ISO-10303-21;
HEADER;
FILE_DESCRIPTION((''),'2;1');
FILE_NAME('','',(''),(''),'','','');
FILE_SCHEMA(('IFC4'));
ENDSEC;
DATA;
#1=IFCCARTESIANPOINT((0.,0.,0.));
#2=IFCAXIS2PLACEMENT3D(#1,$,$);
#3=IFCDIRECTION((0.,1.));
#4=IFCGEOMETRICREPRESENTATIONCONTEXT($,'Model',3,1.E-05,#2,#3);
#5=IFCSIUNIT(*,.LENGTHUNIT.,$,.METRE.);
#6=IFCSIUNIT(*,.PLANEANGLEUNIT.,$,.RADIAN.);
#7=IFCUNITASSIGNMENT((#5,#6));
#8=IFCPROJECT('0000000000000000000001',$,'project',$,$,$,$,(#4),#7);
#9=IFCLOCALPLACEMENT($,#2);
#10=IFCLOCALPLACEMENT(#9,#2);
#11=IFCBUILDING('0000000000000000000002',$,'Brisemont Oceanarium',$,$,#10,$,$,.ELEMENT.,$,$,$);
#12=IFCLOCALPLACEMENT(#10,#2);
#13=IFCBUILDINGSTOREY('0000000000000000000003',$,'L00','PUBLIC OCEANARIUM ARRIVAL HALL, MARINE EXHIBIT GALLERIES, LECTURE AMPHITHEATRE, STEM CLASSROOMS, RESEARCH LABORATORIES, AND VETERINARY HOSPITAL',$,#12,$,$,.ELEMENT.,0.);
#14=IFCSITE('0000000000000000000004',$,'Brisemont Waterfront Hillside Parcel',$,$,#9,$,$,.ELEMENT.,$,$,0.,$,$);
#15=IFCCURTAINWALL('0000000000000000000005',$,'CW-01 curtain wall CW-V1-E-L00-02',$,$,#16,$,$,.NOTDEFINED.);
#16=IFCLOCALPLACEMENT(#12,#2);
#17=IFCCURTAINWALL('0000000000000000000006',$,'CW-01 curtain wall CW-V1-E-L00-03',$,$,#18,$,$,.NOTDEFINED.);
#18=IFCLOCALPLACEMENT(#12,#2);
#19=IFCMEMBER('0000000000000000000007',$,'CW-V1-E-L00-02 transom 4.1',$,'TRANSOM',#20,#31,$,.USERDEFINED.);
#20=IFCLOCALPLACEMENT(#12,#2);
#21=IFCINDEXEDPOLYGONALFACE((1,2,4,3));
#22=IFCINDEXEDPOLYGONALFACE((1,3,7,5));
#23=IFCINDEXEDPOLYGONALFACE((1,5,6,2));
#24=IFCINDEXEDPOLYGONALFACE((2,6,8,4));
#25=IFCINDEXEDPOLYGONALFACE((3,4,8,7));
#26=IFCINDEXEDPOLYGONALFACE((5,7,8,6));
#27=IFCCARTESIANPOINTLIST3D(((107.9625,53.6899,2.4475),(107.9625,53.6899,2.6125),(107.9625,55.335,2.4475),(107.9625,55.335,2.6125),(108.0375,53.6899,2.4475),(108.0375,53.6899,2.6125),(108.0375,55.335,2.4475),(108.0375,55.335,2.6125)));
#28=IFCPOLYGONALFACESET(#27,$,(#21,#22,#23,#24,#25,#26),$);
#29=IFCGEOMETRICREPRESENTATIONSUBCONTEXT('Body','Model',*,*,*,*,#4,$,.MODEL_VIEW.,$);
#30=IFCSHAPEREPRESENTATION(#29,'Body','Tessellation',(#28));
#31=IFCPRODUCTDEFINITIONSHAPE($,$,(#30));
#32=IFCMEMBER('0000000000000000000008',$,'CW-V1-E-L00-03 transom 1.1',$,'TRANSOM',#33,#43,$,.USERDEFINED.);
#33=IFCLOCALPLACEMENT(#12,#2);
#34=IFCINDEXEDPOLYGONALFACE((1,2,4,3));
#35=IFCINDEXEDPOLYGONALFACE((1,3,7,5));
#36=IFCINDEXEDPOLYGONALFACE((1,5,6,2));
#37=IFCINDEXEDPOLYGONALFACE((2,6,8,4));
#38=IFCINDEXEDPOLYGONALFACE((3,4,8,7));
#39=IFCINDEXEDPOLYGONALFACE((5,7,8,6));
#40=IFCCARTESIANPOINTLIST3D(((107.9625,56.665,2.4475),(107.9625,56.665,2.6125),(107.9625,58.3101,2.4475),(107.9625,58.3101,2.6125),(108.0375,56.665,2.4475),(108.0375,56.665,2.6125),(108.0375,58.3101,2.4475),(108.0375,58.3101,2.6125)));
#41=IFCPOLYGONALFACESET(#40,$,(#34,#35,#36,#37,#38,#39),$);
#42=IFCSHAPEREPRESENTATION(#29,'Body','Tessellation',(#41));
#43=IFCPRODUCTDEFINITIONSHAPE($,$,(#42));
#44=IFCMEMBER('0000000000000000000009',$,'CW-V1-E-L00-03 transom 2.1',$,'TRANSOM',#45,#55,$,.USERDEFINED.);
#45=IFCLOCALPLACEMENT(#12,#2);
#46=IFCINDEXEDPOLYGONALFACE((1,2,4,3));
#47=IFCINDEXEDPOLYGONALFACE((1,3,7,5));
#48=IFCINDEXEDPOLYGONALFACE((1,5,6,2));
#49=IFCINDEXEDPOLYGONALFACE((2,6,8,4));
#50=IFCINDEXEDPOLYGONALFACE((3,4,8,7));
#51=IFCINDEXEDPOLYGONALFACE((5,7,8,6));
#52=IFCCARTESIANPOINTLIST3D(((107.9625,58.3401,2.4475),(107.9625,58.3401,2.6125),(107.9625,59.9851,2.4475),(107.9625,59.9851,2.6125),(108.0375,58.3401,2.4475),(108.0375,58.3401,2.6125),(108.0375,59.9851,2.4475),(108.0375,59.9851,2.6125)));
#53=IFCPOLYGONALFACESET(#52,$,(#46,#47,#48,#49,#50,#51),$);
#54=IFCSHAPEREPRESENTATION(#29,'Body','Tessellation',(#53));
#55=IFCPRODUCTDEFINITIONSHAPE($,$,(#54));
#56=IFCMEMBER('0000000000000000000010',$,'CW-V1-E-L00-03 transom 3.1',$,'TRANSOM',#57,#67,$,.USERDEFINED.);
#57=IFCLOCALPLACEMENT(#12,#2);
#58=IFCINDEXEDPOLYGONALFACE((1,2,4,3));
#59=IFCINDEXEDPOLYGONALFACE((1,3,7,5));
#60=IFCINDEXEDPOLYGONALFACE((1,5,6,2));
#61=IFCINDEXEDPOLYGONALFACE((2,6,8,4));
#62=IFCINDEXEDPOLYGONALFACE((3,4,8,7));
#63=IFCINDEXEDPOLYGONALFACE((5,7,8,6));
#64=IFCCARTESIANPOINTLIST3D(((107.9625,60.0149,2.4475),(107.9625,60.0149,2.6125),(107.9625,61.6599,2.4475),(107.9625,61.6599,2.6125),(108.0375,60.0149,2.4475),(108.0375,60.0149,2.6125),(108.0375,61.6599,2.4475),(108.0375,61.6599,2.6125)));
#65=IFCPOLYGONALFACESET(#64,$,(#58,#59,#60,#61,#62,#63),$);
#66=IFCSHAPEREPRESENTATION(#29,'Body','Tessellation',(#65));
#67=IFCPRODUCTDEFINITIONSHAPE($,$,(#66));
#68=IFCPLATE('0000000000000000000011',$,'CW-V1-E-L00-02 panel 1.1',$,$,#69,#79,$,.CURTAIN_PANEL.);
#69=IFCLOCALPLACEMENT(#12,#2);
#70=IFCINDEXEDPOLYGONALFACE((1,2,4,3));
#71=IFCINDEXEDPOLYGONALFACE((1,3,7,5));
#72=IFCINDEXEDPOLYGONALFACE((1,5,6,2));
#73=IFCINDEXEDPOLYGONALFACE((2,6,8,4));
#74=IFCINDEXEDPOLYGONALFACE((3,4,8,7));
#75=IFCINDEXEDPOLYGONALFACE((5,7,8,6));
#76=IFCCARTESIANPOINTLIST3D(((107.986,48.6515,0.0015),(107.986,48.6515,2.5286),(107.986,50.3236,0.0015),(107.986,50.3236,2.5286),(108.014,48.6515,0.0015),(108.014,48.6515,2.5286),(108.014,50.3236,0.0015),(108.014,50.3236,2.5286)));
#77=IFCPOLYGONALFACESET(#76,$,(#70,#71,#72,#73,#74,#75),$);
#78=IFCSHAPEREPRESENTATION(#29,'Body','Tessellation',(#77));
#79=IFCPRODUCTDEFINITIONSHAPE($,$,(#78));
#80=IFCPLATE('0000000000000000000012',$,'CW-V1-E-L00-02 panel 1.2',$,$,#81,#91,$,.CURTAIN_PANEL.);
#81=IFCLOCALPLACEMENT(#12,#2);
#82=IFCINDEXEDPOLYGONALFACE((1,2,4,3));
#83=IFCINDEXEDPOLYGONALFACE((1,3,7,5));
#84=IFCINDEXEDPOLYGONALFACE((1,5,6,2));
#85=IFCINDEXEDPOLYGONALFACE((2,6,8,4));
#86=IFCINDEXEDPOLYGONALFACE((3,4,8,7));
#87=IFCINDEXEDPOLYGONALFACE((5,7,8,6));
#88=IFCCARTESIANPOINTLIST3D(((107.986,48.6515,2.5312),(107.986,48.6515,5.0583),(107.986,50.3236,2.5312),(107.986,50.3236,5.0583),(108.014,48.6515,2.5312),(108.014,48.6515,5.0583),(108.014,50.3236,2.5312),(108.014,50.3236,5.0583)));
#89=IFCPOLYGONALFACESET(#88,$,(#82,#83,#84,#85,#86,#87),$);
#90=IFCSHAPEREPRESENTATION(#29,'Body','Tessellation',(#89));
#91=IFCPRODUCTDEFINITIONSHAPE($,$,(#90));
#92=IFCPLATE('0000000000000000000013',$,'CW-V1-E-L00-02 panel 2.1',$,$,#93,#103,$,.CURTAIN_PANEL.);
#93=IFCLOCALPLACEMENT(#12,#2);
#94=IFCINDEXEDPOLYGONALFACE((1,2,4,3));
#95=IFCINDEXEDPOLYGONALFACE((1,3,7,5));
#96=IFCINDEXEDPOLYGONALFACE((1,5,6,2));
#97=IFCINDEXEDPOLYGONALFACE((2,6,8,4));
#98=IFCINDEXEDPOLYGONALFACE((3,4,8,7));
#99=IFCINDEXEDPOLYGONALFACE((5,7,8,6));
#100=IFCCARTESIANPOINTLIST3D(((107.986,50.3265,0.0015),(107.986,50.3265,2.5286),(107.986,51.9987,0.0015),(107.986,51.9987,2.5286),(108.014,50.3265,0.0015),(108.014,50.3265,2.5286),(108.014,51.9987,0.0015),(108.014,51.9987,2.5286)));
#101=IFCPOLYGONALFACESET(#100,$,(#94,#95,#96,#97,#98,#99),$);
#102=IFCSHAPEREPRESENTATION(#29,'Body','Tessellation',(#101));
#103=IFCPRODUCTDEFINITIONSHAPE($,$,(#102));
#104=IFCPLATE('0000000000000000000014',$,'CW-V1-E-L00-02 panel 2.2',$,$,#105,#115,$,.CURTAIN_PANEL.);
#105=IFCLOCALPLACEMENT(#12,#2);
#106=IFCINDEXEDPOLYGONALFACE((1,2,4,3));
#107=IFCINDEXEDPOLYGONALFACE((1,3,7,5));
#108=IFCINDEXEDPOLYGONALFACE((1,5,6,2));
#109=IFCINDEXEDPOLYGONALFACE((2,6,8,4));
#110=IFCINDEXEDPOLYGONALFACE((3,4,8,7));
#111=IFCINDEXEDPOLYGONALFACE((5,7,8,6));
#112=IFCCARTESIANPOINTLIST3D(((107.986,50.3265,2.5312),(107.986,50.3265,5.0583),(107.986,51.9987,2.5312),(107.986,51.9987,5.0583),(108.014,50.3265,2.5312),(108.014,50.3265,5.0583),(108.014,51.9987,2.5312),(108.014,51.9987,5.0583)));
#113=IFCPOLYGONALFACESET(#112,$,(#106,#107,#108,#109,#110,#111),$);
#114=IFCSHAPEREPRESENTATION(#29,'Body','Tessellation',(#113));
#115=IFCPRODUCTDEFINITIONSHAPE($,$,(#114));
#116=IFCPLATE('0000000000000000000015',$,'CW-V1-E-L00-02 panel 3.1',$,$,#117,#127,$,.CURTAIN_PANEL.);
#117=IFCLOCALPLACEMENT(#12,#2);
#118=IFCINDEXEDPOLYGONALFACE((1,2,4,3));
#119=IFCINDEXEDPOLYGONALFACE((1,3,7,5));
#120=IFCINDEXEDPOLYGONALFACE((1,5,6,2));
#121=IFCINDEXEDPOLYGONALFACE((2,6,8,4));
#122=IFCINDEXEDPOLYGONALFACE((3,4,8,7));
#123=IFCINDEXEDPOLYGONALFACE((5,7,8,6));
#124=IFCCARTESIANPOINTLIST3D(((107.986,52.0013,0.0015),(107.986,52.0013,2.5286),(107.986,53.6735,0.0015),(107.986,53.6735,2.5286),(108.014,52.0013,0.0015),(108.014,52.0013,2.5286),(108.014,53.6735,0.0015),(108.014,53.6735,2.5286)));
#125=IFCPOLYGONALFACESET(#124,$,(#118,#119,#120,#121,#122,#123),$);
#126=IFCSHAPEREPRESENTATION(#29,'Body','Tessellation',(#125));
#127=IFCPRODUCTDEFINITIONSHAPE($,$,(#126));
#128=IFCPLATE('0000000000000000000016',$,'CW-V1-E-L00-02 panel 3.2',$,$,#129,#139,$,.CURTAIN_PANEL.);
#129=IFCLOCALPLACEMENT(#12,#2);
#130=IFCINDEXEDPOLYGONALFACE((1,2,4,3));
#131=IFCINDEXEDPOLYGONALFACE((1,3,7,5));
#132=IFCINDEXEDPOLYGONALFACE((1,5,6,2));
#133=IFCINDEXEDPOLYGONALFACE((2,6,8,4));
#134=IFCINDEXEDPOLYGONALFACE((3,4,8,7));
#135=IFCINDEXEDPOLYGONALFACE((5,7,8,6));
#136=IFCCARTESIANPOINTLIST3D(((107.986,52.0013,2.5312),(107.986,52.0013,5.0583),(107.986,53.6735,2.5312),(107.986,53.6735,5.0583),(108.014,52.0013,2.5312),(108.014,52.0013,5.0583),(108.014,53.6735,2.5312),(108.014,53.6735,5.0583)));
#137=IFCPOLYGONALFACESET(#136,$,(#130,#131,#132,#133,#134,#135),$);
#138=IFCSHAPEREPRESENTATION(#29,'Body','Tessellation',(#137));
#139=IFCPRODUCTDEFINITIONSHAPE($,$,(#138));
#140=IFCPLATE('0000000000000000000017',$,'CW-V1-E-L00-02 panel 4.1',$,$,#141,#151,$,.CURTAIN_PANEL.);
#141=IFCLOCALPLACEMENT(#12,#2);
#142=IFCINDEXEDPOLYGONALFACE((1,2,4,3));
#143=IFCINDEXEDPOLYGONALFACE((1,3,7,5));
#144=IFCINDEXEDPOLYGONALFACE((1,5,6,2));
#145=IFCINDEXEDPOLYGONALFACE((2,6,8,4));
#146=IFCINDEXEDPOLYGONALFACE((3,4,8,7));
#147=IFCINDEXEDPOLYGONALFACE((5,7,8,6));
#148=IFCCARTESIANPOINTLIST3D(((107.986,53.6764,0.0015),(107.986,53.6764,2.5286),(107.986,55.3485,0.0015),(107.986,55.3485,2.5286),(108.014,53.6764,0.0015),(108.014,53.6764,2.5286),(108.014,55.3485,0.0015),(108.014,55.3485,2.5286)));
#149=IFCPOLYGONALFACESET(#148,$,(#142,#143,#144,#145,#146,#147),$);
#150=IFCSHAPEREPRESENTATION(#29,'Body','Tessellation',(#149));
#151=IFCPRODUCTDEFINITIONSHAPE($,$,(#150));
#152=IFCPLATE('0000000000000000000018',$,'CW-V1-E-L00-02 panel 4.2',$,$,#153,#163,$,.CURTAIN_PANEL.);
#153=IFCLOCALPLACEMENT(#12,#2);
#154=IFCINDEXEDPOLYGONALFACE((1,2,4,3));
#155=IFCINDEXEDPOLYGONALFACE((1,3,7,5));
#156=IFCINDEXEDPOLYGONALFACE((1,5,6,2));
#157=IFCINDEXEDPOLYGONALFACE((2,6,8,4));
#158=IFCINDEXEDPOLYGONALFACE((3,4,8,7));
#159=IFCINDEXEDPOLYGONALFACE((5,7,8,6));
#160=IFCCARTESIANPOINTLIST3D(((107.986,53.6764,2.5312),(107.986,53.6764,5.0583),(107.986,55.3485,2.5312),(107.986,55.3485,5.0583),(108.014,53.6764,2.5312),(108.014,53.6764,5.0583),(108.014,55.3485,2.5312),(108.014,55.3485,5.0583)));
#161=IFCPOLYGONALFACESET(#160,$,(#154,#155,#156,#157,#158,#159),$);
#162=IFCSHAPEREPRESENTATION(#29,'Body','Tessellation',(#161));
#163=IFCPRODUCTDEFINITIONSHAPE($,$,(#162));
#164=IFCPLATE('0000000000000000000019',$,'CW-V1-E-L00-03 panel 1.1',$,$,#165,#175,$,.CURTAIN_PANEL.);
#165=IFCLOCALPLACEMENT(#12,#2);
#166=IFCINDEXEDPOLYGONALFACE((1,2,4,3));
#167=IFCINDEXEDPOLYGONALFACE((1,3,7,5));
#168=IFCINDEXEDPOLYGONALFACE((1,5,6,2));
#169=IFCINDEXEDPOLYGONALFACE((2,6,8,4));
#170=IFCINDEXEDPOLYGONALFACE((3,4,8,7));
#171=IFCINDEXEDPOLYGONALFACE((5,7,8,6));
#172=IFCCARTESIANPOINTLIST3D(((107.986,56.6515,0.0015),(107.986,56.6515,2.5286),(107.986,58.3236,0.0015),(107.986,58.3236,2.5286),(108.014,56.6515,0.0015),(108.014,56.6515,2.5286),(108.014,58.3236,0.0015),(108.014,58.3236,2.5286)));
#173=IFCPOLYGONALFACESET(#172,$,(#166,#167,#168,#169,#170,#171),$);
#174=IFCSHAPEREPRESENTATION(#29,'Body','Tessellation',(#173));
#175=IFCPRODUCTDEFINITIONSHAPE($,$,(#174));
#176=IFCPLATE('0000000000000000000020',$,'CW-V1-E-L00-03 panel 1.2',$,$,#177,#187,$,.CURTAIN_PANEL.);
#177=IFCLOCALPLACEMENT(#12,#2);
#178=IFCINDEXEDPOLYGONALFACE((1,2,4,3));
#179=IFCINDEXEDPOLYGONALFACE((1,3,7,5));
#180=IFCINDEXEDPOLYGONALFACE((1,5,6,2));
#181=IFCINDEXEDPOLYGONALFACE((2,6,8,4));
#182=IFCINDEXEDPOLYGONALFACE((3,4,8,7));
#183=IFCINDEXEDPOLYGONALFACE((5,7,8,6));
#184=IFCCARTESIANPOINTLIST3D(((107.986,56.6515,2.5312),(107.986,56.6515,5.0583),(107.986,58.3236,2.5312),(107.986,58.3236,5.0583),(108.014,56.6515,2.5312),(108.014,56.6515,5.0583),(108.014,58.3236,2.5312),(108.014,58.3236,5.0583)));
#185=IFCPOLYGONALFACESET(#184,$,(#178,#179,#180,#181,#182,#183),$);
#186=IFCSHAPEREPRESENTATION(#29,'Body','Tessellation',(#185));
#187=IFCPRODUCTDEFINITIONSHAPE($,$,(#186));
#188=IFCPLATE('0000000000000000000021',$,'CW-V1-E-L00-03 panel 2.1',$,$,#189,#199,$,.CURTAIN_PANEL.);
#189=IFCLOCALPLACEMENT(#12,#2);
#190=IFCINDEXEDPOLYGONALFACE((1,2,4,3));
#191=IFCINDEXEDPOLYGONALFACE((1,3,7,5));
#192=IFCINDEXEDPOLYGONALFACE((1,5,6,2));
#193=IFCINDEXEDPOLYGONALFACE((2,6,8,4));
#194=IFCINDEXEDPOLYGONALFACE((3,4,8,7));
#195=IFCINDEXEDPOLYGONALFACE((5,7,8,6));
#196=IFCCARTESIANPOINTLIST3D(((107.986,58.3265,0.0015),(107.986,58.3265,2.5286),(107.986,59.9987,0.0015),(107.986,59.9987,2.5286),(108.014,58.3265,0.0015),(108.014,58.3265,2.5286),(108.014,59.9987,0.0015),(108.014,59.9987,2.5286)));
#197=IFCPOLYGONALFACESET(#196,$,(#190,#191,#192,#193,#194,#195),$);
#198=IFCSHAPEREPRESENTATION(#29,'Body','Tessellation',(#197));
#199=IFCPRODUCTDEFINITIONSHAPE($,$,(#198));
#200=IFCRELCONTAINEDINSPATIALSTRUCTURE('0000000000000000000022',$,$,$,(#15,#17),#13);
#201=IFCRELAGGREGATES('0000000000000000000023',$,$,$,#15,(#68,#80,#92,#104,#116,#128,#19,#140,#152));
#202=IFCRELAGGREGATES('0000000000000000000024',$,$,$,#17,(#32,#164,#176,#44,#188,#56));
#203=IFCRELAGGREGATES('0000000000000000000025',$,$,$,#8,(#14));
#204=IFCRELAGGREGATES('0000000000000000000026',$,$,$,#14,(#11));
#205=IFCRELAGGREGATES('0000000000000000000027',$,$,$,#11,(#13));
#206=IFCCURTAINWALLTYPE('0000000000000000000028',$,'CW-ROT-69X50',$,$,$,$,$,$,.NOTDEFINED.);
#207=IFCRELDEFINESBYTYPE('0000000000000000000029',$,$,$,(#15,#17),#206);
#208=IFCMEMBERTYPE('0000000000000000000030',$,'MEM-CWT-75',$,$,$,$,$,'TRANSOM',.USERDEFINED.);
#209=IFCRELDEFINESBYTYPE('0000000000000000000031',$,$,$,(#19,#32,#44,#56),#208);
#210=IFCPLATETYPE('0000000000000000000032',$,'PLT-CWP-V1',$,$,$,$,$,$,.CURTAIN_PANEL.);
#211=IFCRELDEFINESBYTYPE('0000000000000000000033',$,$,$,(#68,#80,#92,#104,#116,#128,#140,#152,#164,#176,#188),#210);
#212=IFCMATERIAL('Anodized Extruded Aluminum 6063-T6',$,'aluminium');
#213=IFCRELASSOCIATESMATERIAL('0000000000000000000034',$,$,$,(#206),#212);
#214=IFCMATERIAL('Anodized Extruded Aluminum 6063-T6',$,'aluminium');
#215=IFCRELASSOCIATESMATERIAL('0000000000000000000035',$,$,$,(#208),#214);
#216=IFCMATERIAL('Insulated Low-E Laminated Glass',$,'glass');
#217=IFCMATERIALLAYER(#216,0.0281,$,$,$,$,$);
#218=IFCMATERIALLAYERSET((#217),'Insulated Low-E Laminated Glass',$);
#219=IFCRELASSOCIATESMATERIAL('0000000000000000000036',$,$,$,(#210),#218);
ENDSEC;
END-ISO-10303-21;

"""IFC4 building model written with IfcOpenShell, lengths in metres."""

from ifc_helpers import new_model, si_unit, direction, frame, origin, origin_2d, place, context, subcontext, project, spatial, rectangle, extrude, material, layer, layer_set, material_profile, profile_set, type_object, element, aggregate, save


model = new_model("IFC4")

# Units and contexts
model_context = context("Model", 3, precision=1e-05, world=origin(), true_north=direction((0.0, 1.0)))
body_context = subcontext(model_context, "Body", "Model", "MODEL_VIEW")
ifc_project = project(units=[si_unit("LENGTHUNIT", "METRE"), si_unit("PLANEANGLEUNIT", "RADIAN")], contexts=[model_context])

# Site, building, storey
site_placement = place(None, origin())
site = spatial("IfcSite", under=ifc_project, at=site_placement, Name="Brisemont Waterfront Hillside Parcel", CompositionType="ELEMENT", RefElevation=0.0)
building_placement = place(site_placement, origin())
building = spatial("IfcBuilding", under=site, at=building_placement, Name="Brisemont Oceanarium", CompositionType="ELEMENT")
storey_placement = place(building_placement, origin())
storey = spatial("IfcBuildingStorey", under=building, at=storey_placement, Name="L00", Description="PUBLIC OCEANARIUM ARRIVAL HALL, MARINE EXHIBIT GALLERIES, LECTURE AMPHITHEATRE, STEM CLASSROOMS, RESEARCH LABORATORIES, AND VETERINARY HOSPITAL", CompositionType="ELEMENT", Elevation=0.0)

# Curtain walls
ifc_material_1 = material(Name="Anodized Extruded Aluminum 6063-T6", Category="aluminium")
curtain_wall_type = type_object("IfcCurtainWallType", Name="CW-ROT-69X50", PredefinedType="NOTDEFINED", material=ifc_material_1)
curtain_wall_1_placement = place(storey_placement, origin())
curtain_wall_1 = element("IfcCurtainWall", 1, at=curtain_wall_1_placement, inside=storey, type_object=curtain_wall_type, Name="CW-01 curtain wall CW-V1-E-L00-02", PredefinedType="NOTDEFINED")
curtain_wall_2_placement = place(storey_placement, origin())
curtain_wall_2 = element("IfcCurtainWall", 2, at=curtain_wall_2_placement, inside=storey, type_object=curtain_wall_type, Name="CW-01 curtain wall CW-V1-E-L00-03", PredefinedType="NOTDEFINED")

# Members
ifc_material_2 = material(Name="Anodized Extruded Aluminum 6063-T6", Category="aluminium")
ifc_material_profile_1 = material_profile(ifc_material_2, rectangle(XDim=0.075, YDim=0.165, at=origin_2d()), Name="CWT-75X165")
ifc_profile_set_1 = profile_set([ifc_material_profile_1], Name="Anodized Extruded Aluminum 6063-T6")
member_type_1 = type_object("IfcMemberType", Name="MEM-CWT-75", ElementType="TRANSOM", PredefinedType="USERDEFINED", material=ifc_profile_set_1)
member_1_placement = place(storey_placement, frame((108.0, 53.6899, 2.53), z_axis=(0.0, 1.0, 0.0), x_axis=(-1.0, 0.0, 0.0)))
member_1 = element("IfcMember", 3, at=member_1_placement, type_object=member_type_1, Name="CW-V1-E-L00-02 transom 4.1", ObjectType="TRANSOM", PredefinedType="USERDEFINED", context=body_context, shape_type="SweptSolid", body=[
    extrude(rectangle(XDim=0.075, YDim=0.165, at=origin_2d()), origin(), (0.0, 0.0, 1.0), 1.645),
])
member_2_placement = place(storey_placement, frame((108.0, 56.665, 2.53), z_axis=(0.0, 1.0, 0.0), x_axis=(-1.0, 0.0, 0.0)))
member_2 = element("IfcMember", 4, at=member_2_placement, type_object=member_type_1, Name="CW-V1-E-L00-03 transom 1.1", ObjectType="TRANSOM", PredefinedType="USERDEFINED", context=body_context, shape_type="SweptSolid", body=[
    extrude(rectangle(XDim=0.075, YDim=0.165, at=origin_2d()), origin(), (0.0, 0.0, 1.0), 1.645),
])
member_3_placement = place(storey_placement, frame((108.0, 58.3401, 2.53), z_axis=(0.0, 1.0, 0.0), x_axis=(-1.0, 0.0, 0.0)))
member_3 = element("IfcMember", 5, at=member_3_placement, type_object=member_type_1, Name="CW-V1-E-L00-03 transom 2.1", ObjectType="TRANSOM", PredefinedType="USERDEFINED", context=body_context, shape_type="SweptSolid", body=[
    extrude(rectangle(XDim=0.075, YDim=0.165, at=origin_2d()), origin(), (0.0, 0.0, 1.0), 1.645),
])
member_4_placement = place(storey_placement, frame((108.0, 60.0149, 2.53), z_axis=(0.0, 1.0, 0.0), x_axis=(-1.0, 0.0, 0.0)))
member_4 = element("IfcMember", 6, at=member_4_placement, type_object=member_type_1, Name="CW-V1-E-L00-03 transom 3.1", ObjectType="TRANSOM", PredefinedType="USERDEFINED", context=body_context, shape_type="SweptSolid", body=[
    extrude(rectangle(XDim=0.075, YDim=0.165, at=origin_2d()), origin(), (0.0, 0.0, 1.0), 1.645),
])

# Plates
ifc_material_3 = material(Name="Insulated Low-E Laminated Glass", Category="glass")
ifc_layer_1 = layer(ifc_material_3, 0.0281)
ifc_layer_set_1 = layer_set([ifc_layer_1], Name="Insulated Low-E Laminated Glass")
plate_type = type_object("IfcPlateType", Name="PLT-CWP-V1", PredefinedType="CURTAIN_PANEL", material=ifc_layer_set_1)
plate_1_placement = place(storey_placement, frame((108.0, 49.4875, 0.0015), z_axis=(0.0, 0.0, 1.0), x_axis=(0.0, 1.0, 0.0)))
plate_1 = element("IfcPlate", 7, at=plate_1_placement, type_object=plate_type, Name="CW-V1-E-L00-02 panel 1.1", PredefinedType="CURTAIN_PANEL", context=body_context, shape_type="SweptSolid", body=[
    extrude(rectangle(XDim=1.6721, YDim=0.0281, at=origin_2d()), origin(), (0.0, 0.0, 1.0), 2.5271),
])
plate_2_placement = place(storey_placement, frame((108.0, 49.4875, 2.5312), z_axis=(0.0, 0.0, 1.0), x_axis=(0.0, 1.0, 0.0)))
plate_2 = element("IfcPlate", 8, at=plate_2_placement, type_object=plate_type, Name="CW-V1-E-L00-02 panel 1.2", PredefinedType="CURTAIN_PANEL", context=body_context, shape_type="SweptSolid", body=[
    extrude(rectangle(XDim=1.6721, YDim=0.0281, at=origin_2d()), origin(), (0.0, 0.0, 1.0), 2.5271),
])
plate_3_placement = place(storey_placement, frame((108.0, 51.1626, 0.0015), z_axis=(0.0, 0.0, 1.0), x_axis=(0.0, 1.0, 0.0)))
plate_3 = element("IfcPlate", 9, at=plate_3_placement, type_object=plate_type, Name="CW-V1-E-L00-02 panel 2.1", PredefinedType="CURTAIN_PANEL", context=body_context, shape_type="SweptSolid", body=[
    extrude(rectangle(XDim=1.6721, YDim=0.0281, at=origin_2d()), origin(), (0.0, 0.0, 1.0), 2.5271),
])
plate_4_placement = place(storey_placement, frame((108.0, 51.1626, 2.5312), z_axis=(0.0, 0.0, 1.0), x_axis=(0.0, 1.0, 0.0)))
plate_4 = element("IfcPlate", 10, at=plate_4_placement, type_object=plate_type, Name="CW-V1-E-L00-02 panel 2.2", PredefinedType="CURTAIN_PANEL", context=body_context, shape_type="SweptSolid", body=[
    extrude(rectangle(XDim=1.6721, YDim=0.0281, at=origin_2d()), origin(), (0.0, 0.0, 1.0), 2.5271),
])
plate_5_placement = place(storey_placement, frame((108.0, 52.8374, 0.0015), z_axis=(0.0, 0.0, 1.0), x_axis=(0.0, 1.0, 0.0)))
plate_5 = element("IfcPlate", 11, at=plate_5_placement, type_object=plate_type, Name="CW-V1-E-L00-02 panel 3.1", PredefinedType="CURTAIN_PANEL", context=body_context, shape_type="SweptSolid", body=[
    extrude(rectangle(XDim=1.6721, YDim=0.0281, at=origin_2d()), origin(), (0.0, 0.0, 1.0), 2.5271),
])
plate_6_placement = place(storey_placement, frame((108.0, 52.8374, 2.5312), z_axis=(0.0, 0.0, 1.0), x_axis=(0.0, 1.0, 0.0)))
plate_6 = element("IfcPlate", 12, at=plate_6_placement, type_object=plate_type, Name="CW-V1-E-L00-02 panel 3.2", PredefinedType="CURTAIN_PANEL", context=body_context, shape_type="SweptSolid", body=[
    extrude(rectangle(XDim=1.6721, YDim=0.0281, at=origin_2d()), origin(), (0.0, 0.0, 1.0), 2.5271),
])
plate_7_placement = place(storey_placement, frame((108.0, 54.5125, 0.0015), z_axis=(0.0, 0.0, 1.0), x_axis=(0.0, 1.0, 0.0)))
plate_7 = element("IfcPlate", 13, at=plate_7_placement, type_object=plate_type, Name="CW-V1-E-L00-02 panel 4.1", PredefinedType="CURTAIN_PANEL", context=body_context, shape_type="SweptSolid", body=[
    extrude(rectangle(XDim=1.6721, YDim=0.0281, at=origin_2d()), origin(), (0.0, 0.0, 1.0), 2.5271),
])
plate_8_placement = place(storey_placement, frame((108.0, 54.5125, 2.5312), z_axis=(0.0, 0.0, 1.0), x_axis=(0.0, 1.0, 0.0)))
plate_8 = element("IfcPlate", 14, at=plate_8_placement, type_object=plate_type, Name="CW-V1-E-L00-02 panel 4.2", PredefinedType="CURTAIN_PANEL", context=body_context, shape_type="SweptSolid", body=[
    extrude(rectangle(XDim=1.6721, YDim=0.0281, at=origin_2d()), origin(), (0.0, 0.0, 1.0), 2.5271),
])
aggregate(curtain_wall_1, [plate_1, plate_2, plate_3, plate_4, plate_5, plate_6, member_1, plate_7, plate_8])
plate_9_placement = place(storey_placement, frame((108.0, 57.4875, 0.0015), z_axis=(0.0, 0.0, 1.0), x_axis=(0.0, 1.0, 0.0)))
plate_9 = element("IfcPlate", 15, at=plate_9_placement, type_object=plate_type, Name="CW-V1-E-L00-03 panel 1.1", PredefinedType="CURTAIN_PANEL", context=body_context, shape_type="SweptSolid", body=[
    extrude(rectangle(XDim=1.6721, YDim=0.0281, at=origin_2d()), origin(), (0.0, 0.0, 1.0), 2.5271),
])
plate_10_placement = place(storey_placement, frame((108.0, 57.4875, 2.5312), z_axis=(0.0, 0.0, 1.0), x_axis=(0.0, 1.0, 0.0)))
plate_10 = element("IfcPlate", 16, at=plate_10_placement, type_object=plate_type, Name="CW-V1-E-L00-03 panel 1.2", PredefinedType="CURTAIN_PANEL", context=body_context, shape_type="SweptSolid", body=[
    extrude(rectangle(XDim=1.6721, YDim=0.0281, at=origin_2d()), origin(), (0.0, 0.0, 1.0), 2.5271),
])
plate_11_placement = place(storey_placement, frame((108.0, 59.1626, 0.0015), z_axis=(0.0, 0.0, 1.0), x_axis=(0.0, 1.0, 0.0)))
plate_11 = element("IfcPlate", 17, at=plate_11_placement, type_object=plate_type, Name="CW-V1-E-L00-03 panel 2.1", PredefinedType="CURTAIN_PANEL", context=body_context, shape_type="SweptSolid", body=[
    extrude(rectangle(XDim=1.6721, YDim=0.0281, at=origin_2d()), origin(), (0.0, 0.0, 1.0), 2.5271),
])
aggregate(curtain_wall_2, [member_2, plate_9, plate_10, member_3, plate_11, member_4])

save(model, "model.ifc")
